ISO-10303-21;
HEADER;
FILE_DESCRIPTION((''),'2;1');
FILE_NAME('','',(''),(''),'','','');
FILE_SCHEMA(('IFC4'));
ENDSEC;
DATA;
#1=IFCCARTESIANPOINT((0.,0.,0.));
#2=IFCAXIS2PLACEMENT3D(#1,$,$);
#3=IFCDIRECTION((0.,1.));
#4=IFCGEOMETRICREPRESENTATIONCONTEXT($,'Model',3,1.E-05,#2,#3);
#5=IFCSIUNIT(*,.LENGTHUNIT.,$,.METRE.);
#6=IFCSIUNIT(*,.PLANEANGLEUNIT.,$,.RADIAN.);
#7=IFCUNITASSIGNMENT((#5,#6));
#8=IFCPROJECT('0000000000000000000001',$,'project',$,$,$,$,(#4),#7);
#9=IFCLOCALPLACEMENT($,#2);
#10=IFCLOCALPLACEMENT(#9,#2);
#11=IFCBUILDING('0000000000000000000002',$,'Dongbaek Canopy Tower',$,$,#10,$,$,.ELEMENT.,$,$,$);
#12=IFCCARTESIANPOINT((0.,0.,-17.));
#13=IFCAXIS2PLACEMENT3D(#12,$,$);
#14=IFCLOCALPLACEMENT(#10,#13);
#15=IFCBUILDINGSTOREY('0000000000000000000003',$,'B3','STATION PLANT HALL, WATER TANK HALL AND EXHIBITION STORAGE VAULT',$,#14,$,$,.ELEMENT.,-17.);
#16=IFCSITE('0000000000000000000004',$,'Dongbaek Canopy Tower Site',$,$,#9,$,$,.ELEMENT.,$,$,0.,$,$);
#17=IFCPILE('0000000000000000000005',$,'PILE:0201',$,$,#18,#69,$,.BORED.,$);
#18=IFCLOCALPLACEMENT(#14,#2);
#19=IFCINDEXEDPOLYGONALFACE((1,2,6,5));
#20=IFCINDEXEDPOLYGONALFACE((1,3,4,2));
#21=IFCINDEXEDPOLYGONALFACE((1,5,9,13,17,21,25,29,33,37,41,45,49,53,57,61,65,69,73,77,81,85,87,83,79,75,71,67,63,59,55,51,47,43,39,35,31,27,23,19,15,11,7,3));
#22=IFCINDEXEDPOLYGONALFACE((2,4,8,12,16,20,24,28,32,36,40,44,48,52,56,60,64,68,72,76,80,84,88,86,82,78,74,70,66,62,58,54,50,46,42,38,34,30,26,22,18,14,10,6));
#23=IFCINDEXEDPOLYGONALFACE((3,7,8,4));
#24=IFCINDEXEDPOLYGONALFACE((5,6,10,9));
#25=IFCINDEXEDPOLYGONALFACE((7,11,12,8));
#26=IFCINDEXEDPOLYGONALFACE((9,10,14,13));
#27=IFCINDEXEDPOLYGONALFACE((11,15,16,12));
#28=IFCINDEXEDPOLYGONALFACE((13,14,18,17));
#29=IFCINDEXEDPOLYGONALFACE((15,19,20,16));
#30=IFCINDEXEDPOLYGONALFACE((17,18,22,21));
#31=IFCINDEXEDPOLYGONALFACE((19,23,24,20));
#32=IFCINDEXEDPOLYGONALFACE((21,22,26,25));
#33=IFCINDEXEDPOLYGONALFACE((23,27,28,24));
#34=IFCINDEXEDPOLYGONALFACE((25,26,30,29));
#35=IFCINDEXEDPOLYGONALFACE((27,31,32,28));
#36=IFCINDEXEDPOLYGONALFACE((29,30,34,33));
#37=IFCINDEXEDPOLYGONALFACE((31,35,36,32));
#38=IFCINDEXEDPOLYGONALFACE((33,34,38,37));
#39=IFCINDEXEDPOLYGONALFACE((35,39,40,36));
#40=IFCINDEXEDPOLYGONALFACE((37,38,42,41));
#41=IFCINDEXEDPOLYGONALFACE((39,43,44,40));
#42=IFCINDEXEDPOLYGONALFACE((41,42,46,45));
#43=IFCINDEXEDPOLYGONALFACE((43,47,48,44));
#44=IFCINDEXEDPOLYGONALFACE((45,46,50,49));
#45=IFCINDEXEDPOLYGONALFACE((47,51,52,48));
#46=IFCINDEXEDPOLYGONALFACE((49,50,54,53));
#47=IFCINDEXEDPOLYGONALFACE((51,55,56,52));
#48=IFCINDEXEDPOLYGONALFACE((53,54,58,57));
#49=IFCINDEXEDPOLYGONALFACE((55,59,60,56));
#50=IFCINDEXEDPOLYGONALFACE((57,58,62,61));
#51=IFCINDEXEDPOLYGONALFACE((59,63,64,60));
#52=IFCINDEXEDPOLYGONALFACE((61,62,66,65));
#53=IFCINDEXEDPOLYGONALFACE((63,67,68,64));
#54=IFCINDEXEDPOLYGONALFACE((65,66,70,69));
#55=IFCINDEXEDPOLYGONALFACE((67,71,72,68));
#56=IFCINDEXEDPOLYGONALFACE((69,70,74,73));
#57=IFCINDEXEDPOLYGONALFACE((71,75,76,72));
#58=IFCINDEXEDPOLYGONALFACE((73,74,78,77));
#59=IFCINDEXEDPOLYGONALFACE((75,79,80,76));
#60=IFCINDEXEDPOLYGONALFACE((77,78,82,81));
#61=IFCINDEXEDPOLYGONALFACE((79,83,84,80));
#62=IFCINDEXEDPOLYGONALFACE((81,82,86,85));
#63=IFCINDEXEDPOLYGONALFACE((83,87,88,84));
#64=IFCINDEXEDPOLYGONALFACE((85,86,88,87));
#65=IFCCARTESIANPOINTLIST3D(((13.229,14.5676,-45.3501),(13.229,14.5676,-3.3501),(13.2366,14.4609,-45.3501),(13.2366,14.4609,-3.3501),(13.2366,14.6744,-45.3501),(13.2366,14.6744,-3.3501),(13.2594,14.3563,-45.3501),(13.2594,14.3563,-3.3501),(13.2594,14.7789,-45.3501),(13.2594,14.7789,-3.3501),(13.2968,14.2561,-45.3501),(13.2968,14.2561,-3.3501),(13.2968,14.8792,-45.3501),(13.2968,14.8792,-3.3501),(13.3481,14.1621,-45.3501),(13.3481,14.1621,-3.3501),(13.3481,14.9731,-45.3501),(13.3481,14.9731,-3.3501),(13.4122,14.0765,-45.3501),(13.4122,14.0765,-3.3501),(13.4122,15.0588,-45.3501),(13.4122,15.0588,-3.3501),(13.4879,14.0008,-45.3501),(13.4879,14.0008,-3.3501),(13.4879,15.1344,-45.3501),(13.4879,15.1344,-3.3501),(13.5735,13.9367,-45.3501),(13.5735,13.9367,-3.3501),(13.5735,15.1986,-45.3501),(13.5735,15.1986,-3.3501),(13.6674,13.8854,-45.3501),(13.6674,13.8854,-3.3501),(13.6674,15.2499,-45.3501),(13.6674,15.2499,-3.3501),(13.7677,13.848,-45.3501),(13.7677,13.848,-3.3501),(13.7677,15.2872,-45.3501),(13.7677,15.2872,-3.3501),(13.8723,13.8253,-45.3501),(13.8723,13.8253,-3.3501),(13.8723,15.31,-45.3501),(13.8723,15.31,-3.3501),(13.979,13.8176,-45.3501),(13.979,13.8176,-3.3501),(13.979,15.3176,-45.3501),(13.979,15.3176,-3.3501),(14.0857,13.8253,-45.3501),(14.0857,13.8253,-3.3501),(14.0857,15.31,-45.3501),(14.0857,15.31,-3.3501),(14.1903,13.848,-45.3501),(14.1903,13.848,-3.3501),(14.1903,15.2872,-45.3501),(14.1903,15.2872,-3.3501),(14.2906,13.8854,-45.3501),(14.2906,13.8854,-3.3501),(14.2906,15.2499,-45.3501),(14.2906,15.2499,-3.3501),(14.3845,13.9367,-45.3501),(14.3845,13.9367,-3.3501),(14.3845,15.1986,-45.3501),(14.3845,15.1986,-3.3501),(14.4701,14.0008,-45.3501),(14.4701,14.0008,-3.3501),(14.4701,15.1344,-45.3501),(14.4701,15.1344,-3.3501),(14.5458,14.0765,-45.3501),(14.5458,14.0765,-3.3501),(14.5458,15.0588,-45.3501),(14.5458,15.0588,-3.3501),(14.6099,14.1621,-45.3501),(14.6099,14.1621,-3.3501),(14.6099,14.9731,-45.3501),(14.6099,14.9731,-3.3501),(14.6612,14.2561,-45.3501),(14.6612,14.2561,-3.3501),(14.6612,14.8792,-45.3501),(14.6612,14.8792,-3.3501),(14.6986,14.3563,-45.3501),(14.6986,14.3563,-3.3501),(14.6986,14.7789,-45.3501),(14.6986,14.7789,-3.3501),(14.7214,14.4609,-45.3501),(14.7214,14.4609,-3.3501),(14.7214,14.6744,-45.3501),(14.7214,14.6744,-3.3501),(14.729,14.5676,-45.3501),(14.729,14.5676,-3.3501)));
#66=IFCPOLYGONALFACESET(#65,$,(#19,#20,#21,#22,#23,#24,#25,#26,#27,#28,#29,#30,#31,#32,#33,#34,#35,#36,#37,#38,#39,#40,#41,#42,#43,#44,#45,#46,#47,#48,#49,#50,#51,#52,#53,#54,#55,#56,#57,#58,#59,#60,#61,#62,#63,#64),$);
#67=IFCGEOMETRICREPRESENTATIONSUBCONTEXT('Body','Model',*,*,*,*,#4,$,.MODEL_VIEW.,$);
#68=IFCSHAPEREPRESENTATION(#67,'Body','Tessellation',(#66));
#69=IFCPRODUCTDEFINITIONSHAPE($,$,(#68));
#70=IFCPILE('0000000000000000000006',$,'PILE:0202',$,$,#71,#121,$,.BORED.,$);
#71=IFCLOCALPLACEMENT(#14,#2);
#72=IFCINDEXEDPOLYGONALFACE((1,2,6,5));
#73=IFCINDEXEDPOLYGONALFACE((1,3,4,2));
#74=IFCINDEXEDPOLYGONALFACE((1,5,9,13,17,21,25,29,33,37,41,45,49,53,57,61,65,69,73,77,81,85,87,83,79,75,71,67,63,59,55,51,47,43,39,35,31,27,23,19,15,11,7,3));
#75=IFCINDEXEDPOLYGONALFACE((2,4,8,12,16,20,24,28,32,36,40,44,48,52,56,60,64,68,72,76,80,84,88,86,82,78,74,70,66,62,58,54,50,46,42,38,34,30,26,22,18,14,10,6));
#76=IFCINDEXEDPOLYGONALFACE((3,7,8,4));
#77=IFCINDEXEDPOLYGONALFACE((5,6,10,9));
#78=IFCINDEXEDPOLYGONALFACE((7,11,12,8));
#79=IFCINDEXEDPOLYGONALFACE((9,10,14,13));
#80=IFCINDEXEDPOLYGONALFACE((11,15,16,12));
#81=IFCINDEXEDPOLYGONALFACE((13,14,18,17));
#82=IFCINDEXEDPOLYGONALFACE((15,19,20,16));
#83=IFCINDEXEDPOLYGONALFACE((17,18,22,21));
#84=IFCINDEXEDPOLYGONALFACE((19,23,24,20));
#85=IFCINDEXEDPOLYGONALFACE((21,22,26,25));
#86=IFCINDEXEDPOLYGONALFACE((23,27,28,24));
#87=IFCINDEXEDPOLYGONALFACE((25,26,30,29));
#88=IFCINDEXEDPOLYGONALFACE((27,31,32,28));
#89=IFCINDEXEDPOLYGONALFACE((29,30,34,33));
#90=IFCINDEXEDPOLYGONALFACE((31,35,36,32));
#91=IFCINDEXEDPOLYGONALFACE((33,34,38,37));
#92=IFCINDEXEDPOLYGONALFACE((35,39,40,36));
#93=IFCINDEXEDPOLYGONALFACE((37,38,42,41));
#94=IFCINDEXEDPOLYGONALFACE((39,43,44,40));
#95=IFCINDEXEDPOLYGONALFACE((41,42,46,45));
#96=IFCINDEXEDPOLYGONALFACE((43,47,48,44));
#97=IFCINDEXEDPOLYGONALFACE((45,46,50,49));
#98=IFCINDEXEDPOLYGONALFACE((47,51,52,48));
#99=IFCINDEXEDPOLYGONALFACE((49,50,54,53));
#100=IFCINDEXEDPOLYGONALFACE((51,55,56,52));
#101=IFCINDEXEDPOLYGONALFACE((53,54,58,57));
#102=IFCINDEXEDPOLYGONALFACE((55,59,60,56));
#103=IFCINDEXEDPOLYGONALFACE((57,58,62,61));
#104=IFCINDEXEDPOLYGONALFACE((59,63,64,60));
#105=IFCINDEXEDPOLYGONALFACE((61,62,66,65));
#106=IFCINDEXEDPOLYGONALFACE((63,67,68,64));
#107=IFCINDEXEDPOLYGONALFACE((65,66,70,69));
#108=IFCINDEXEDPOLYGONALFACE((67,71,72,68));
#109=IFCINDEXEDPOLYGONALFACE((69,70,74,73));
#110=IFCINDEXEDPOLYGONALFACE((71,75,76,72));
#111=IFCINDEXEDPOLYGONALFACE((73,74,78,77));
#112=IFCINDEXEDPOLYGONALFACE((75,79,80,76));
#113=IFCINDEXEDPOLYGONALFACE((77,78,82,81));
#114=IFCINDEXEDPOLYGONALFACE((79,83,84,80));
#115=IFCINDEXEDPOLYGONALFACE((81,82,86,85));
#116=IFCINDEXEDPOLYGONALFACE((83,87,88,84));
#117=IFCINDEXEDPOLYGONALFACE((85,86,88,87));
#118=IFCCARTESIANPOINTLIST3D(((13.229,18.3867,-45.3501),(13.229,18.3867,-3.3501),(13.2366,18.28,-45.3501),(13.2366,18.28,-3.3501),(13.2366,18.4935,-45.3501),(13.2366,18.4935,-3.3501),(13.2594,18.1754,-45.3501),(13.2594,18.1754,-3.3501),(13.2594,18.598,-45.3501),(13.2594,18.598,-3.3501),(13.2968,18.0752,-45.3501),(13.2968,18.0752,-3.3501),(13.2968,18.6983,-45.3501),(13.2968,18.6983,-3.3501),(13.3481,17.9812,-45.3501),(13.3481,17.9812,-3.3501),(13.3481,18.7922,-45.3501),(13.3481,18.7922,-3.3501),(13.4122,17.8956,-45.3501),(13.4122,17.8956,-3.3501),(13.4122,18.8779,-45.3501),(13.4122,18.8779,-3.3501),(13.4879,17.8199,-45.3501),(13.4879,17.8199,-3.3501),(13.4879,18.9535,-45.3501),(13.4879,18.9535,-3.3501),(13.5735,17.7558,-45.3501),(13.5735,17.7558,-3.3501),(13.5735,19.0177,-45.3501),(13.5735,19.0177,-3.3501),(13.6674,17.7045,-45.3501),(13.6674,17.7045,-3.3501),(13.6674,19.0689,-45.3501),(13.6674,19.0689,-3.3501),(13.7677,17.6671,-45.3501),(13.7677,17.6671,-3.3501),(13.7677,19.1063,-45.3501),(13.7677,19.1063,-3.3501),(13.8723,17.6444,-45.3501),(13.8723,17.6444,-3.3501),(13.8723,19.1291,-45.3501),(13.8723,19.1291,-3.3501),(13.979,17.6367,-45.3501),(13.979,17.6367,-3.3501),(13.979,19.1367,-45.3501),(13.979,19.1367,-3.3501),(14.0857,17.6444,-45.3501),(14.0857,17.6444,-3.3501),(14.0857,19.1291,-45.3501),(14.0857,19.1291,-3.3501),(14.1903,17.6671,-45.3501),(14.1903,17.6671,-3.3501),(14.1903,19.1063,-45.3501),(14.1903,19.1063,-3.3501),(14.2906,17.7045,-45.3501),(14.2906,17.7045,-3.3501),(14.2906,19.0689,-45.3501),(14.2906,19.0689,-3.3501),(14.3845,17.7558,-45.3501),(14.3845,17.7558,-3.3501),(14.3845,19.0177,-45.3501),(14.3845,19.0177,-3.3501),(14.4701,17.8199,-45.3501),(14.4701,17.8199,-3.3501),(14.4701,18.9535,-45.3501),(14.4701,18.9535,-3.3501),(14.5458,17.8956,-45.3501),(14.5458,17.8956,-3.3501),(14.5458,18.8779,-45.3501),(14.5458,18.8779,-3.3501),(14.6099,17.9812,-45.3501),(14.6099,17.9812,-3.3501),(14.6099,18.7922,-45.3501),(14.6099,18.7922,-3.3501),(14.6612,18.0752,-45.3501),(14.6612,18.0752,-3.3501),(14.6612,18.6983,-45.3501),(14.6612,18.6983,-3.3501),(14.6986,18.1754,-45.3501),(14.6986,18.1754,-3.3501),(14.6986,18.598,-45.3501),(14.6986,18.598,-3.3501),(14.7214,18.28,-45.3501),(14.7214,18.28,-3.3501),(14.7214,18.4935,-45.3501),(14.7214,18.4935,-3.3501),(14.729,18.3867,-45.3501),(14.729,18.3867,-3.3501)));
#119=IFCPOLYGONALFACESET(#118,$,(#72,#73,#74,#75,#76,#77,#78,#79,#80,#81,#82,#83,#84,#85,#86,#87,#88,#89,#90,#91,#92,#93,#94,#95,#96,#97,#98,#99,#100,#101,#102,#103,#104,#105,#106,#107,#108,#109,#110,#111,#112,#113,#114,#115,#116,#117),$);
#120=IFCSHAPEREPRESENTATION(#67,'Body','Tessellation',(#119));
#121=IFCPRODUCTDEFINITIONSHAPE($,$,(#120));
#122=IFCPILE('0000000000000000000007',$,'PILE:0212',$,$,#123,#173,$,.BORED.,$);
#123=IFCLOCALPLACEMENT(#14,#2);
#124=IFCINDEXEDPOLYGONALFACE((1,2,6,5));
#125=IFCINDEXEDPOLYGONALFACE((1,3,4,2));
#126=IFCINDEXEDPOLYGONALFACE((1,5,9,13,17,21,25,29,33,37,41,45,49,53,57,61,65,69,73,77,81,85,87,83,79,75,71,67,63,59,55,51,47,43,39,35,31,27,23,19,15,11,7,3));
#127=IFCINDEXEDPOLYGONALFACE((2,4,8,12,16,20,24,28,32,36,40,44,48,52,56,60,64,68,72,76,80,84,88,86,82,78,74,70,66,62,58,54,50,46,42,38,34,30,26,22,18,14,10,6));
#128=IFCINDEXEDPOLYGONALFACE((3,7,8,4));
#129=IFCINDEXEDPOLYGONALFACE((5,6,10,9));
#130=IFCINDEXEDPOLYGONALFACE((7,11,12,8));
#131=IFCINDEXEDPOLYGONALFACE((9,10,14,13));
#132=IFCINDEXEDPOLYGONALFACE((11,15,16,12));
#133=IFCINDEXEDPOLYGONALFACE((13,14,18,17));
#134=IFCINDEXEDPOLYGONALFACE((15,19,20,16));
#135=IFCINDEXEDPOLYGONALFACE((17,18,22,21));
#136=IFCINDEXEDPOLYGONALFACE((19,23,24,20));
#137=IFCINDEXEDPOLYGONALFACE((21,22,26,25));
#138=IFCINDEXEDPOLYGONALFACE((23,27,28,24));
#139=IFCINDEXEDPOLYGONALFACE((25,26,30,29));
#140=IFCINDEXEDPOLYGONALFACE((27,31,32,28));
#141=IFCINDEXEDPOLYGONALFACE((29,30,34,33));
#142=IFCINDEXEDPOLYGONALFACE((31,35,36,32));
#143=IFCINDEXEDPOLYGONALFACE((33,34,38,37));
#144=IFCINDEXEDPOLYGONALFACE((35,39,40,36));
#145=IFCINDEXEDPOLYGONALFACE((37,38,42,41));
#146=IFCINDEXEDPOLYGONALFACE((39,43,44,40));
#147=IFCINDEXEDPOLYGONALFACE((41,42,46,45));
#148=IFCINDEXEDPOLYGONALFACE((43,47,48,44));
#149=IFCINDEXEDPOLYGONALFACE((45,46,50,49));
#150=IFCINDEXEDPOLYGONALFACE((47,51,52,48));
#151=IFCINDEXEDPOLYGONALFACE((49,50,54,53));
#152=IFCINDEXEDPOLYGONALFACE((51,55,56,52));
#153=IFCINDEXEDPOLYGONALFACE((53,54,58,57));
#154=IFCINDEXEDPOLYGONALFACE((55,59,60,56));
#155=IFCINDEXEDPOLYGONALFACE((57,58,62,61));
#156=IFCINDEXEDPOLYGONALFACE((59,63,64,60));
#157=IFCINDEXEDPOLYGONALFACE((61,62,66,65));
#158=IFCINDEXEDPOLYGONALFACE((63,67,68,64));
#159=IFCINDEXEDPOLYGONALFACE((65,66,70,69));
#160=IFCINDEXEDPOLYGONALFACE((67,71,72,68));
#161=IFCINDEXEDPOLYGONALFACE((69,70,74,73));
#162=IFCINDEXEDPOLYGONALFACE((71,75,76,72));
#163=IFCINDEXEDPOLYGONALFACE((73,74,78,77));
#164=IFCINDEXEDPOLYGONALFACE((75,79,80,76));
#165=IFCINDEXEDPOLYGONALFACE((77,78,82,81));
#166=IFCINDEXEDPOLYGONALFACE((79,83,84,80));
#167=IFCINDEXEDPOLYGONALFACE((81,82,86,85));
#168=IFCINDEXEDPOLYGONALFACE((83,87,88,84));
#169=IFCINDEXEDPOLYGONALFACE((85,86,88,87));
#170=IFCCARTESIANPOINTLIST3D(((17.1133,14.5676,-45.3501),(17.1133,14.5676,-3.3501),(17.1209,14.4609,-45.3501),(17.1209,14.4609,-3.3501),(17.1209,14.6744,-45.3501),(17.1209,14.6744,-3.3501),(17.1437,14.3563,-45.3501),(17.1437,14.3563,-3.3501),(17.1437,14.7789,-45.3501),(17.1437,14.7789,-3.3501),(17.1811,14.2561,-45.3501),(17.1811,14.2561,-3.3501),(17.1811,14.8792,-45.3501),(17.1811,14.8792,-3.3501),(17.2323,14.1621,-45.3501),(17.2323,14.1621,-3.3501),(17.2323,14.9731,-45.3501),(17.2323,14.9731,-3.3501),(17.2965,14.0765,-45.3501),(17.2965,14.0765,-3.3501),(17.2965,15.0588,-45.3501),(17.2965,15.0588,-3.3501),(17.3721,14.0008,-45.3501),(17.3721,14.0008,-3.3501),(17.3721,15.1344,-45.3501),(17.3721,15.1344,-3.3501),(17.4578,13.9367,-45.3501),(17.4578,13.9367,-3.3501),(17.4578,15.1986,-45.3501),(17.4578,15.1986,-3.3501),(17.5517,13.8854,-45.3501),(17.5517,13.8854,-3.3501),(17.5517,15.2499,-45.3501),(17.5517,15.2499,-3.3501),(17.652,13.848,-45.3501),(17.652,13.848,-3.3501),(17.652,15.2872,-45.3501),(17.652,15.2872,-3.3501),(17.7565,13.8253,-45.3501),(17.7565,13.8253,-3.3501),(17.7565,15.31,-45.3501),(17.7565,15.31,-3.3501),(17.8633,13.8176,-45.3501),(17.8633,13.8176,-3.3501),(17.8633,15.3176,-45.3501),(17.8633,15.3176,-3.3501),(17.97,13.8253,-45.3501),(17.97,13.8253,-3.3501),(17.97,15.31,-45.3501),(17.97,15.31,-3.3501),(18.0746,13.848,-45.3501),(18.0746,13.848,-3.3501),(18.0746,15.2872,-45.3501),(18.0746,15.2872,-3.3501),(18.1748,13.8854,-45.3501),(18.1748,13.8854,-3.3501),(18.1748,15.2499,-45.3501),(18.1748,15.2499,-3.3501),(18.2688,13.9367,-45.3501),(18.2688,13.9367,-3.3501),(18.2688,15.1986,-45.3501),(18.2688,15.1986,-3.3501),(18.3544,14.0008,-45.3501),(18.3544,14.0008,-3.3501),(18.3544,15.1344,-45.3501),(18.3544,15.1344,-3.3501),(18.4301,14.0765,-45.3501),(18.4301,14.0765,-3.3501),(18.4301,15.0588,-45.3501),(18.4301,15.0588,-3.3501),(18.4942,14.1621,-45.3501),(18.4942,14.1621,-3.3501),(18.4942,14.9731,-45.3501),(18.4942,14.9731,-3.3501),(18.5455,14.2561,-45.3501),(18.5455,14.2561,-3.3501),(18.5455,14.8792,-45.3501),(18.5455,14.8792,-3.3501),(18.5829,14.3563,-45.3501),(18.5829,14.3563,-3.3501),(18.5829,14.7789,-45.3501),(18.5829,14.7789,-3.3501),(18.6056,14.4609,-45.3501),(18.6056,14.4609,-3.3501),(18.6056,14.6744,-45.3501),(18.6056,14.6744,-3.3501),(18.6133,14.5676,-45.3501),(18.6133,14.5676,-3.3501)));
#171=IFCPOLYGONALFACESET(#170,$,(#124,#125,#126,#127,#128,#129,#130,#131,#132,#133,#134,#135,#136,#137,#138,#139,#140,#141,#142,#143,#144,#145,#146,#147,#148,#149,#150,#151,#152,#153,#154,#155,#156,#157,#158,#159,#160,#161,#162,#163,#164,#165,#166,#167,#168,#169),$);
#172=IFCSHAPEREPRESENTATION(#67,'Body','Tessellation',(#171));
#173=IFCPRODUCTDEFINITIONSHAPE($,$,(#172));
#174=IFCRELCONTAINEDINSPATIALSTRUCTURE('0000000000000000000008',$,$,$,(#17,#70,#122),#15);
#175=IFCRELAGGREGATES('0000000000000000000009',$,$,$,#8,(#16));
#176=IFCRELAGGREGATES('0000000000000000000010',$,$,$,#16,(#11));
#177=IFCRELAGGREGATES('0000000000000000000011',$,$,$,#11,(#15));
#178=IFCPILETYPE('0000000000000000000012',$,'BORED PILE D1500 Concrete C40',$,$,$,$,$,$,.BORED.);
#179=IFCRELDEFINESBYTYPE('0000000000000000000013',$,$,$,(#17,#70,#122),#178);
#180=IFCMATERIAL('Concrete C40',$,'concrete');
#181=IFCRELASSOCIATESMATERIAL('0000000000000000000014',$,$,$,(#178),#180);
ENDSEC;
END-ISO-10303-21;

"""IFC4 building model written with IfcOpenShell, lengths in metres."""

from ifc_helpers import new_model, si_unit, direction, frame, origin, origin_2d, place, context, subcontext, project, spatial, circle, extrude, material, material_profile, profile_set, type_object, element, save


model = new_model("IFC4")

# Units and contexts
model_context = context("Model", 3, precision=1e-05, world=origin(), true_north=direction((0.0, 1.0)))
body_context = subcontext(model_context, "Body", "Model", "MODEL_VIEW")
ifc_project = project(units=[si_unit("LENGTHUNIT", "METRE"), si_unit("PLANEANGLEUNIT", "RADIAN")], contexts=[model_context])

# Site, building, storey
site_placement = place(None, origin())
site = spatial("IfcSite", under=ifc_project, at=site_placement, Name="Dongbaek Canopy Tower Site", CompositionType="ELEMENT", RefElevation=0.0)
building_placement = place(site_placement, origin())
building = spatial("IfcBuilding", under=site, at=building_placement, Name="Dongbaek Canopy Tower", CompositionType="ELEMENT")
storey_placement = place(building_placement, frame((0.0, 0.0, -17.0)))
storey = spatial("IfcBuildingStorey", under=building, at=storey_placement, Name="B3", Description="STATION PLANT HALL, WATER TANK HALL AND EXHIBITION STORAGE VAULT", CompositionType="ELEMENT", Elevation=-17.0)

# Piles
ifc_material_1 = material(Name="Concrete C40", Category="concrete")
ifc_material_profile_1 = material_profile(ifc_material_1, circle(Radius=0.75, at=origin_2d()), Name="BORED PILE D1500 Concrete C40")
ifc_profile_set_1 = profile_set([ifc_material_profile_1], Name="Concrete C40")
pile_type = type_object("IfcPileType", Name="BORED PILE D1500 Concrete C40", PredefinedType="BORED", material=ifc_profile_set_1)
for number, where, z_axis, x_axis, name in (
    (1, (13.979, 14.5676, -3.3501), (0.0, 0.0, -1.0), (1.0, 0.0, 0.0), "PILE:0201"),
    (2, (13.979, 18.3867, -3.3501), (0.0, 0.0, -1.0), (1.0, 0.0, 0.0), "PILE:0202"),
    (3, (17.8633, 14.5676, -3.3501), (0.0, 0.0, -1.0), (1.0, 0.0, 0.0), "PILE:0212"),
):
    element("IfcPile", number, at=place(storey_placement, frame(where, z_axis=z_axis, x_axis=x_axis)), inside=storey, type_object=pile_type, Name=name, PredefinedType="BORED", context=body_context, shape_type="SweptSolid", body=[
        extrude(circle(Radius=0.75, at=origin_2d()), origin(), (0.0, 0.0, 1.0), 42.0),
    ])

save(model, "model.ifc")
